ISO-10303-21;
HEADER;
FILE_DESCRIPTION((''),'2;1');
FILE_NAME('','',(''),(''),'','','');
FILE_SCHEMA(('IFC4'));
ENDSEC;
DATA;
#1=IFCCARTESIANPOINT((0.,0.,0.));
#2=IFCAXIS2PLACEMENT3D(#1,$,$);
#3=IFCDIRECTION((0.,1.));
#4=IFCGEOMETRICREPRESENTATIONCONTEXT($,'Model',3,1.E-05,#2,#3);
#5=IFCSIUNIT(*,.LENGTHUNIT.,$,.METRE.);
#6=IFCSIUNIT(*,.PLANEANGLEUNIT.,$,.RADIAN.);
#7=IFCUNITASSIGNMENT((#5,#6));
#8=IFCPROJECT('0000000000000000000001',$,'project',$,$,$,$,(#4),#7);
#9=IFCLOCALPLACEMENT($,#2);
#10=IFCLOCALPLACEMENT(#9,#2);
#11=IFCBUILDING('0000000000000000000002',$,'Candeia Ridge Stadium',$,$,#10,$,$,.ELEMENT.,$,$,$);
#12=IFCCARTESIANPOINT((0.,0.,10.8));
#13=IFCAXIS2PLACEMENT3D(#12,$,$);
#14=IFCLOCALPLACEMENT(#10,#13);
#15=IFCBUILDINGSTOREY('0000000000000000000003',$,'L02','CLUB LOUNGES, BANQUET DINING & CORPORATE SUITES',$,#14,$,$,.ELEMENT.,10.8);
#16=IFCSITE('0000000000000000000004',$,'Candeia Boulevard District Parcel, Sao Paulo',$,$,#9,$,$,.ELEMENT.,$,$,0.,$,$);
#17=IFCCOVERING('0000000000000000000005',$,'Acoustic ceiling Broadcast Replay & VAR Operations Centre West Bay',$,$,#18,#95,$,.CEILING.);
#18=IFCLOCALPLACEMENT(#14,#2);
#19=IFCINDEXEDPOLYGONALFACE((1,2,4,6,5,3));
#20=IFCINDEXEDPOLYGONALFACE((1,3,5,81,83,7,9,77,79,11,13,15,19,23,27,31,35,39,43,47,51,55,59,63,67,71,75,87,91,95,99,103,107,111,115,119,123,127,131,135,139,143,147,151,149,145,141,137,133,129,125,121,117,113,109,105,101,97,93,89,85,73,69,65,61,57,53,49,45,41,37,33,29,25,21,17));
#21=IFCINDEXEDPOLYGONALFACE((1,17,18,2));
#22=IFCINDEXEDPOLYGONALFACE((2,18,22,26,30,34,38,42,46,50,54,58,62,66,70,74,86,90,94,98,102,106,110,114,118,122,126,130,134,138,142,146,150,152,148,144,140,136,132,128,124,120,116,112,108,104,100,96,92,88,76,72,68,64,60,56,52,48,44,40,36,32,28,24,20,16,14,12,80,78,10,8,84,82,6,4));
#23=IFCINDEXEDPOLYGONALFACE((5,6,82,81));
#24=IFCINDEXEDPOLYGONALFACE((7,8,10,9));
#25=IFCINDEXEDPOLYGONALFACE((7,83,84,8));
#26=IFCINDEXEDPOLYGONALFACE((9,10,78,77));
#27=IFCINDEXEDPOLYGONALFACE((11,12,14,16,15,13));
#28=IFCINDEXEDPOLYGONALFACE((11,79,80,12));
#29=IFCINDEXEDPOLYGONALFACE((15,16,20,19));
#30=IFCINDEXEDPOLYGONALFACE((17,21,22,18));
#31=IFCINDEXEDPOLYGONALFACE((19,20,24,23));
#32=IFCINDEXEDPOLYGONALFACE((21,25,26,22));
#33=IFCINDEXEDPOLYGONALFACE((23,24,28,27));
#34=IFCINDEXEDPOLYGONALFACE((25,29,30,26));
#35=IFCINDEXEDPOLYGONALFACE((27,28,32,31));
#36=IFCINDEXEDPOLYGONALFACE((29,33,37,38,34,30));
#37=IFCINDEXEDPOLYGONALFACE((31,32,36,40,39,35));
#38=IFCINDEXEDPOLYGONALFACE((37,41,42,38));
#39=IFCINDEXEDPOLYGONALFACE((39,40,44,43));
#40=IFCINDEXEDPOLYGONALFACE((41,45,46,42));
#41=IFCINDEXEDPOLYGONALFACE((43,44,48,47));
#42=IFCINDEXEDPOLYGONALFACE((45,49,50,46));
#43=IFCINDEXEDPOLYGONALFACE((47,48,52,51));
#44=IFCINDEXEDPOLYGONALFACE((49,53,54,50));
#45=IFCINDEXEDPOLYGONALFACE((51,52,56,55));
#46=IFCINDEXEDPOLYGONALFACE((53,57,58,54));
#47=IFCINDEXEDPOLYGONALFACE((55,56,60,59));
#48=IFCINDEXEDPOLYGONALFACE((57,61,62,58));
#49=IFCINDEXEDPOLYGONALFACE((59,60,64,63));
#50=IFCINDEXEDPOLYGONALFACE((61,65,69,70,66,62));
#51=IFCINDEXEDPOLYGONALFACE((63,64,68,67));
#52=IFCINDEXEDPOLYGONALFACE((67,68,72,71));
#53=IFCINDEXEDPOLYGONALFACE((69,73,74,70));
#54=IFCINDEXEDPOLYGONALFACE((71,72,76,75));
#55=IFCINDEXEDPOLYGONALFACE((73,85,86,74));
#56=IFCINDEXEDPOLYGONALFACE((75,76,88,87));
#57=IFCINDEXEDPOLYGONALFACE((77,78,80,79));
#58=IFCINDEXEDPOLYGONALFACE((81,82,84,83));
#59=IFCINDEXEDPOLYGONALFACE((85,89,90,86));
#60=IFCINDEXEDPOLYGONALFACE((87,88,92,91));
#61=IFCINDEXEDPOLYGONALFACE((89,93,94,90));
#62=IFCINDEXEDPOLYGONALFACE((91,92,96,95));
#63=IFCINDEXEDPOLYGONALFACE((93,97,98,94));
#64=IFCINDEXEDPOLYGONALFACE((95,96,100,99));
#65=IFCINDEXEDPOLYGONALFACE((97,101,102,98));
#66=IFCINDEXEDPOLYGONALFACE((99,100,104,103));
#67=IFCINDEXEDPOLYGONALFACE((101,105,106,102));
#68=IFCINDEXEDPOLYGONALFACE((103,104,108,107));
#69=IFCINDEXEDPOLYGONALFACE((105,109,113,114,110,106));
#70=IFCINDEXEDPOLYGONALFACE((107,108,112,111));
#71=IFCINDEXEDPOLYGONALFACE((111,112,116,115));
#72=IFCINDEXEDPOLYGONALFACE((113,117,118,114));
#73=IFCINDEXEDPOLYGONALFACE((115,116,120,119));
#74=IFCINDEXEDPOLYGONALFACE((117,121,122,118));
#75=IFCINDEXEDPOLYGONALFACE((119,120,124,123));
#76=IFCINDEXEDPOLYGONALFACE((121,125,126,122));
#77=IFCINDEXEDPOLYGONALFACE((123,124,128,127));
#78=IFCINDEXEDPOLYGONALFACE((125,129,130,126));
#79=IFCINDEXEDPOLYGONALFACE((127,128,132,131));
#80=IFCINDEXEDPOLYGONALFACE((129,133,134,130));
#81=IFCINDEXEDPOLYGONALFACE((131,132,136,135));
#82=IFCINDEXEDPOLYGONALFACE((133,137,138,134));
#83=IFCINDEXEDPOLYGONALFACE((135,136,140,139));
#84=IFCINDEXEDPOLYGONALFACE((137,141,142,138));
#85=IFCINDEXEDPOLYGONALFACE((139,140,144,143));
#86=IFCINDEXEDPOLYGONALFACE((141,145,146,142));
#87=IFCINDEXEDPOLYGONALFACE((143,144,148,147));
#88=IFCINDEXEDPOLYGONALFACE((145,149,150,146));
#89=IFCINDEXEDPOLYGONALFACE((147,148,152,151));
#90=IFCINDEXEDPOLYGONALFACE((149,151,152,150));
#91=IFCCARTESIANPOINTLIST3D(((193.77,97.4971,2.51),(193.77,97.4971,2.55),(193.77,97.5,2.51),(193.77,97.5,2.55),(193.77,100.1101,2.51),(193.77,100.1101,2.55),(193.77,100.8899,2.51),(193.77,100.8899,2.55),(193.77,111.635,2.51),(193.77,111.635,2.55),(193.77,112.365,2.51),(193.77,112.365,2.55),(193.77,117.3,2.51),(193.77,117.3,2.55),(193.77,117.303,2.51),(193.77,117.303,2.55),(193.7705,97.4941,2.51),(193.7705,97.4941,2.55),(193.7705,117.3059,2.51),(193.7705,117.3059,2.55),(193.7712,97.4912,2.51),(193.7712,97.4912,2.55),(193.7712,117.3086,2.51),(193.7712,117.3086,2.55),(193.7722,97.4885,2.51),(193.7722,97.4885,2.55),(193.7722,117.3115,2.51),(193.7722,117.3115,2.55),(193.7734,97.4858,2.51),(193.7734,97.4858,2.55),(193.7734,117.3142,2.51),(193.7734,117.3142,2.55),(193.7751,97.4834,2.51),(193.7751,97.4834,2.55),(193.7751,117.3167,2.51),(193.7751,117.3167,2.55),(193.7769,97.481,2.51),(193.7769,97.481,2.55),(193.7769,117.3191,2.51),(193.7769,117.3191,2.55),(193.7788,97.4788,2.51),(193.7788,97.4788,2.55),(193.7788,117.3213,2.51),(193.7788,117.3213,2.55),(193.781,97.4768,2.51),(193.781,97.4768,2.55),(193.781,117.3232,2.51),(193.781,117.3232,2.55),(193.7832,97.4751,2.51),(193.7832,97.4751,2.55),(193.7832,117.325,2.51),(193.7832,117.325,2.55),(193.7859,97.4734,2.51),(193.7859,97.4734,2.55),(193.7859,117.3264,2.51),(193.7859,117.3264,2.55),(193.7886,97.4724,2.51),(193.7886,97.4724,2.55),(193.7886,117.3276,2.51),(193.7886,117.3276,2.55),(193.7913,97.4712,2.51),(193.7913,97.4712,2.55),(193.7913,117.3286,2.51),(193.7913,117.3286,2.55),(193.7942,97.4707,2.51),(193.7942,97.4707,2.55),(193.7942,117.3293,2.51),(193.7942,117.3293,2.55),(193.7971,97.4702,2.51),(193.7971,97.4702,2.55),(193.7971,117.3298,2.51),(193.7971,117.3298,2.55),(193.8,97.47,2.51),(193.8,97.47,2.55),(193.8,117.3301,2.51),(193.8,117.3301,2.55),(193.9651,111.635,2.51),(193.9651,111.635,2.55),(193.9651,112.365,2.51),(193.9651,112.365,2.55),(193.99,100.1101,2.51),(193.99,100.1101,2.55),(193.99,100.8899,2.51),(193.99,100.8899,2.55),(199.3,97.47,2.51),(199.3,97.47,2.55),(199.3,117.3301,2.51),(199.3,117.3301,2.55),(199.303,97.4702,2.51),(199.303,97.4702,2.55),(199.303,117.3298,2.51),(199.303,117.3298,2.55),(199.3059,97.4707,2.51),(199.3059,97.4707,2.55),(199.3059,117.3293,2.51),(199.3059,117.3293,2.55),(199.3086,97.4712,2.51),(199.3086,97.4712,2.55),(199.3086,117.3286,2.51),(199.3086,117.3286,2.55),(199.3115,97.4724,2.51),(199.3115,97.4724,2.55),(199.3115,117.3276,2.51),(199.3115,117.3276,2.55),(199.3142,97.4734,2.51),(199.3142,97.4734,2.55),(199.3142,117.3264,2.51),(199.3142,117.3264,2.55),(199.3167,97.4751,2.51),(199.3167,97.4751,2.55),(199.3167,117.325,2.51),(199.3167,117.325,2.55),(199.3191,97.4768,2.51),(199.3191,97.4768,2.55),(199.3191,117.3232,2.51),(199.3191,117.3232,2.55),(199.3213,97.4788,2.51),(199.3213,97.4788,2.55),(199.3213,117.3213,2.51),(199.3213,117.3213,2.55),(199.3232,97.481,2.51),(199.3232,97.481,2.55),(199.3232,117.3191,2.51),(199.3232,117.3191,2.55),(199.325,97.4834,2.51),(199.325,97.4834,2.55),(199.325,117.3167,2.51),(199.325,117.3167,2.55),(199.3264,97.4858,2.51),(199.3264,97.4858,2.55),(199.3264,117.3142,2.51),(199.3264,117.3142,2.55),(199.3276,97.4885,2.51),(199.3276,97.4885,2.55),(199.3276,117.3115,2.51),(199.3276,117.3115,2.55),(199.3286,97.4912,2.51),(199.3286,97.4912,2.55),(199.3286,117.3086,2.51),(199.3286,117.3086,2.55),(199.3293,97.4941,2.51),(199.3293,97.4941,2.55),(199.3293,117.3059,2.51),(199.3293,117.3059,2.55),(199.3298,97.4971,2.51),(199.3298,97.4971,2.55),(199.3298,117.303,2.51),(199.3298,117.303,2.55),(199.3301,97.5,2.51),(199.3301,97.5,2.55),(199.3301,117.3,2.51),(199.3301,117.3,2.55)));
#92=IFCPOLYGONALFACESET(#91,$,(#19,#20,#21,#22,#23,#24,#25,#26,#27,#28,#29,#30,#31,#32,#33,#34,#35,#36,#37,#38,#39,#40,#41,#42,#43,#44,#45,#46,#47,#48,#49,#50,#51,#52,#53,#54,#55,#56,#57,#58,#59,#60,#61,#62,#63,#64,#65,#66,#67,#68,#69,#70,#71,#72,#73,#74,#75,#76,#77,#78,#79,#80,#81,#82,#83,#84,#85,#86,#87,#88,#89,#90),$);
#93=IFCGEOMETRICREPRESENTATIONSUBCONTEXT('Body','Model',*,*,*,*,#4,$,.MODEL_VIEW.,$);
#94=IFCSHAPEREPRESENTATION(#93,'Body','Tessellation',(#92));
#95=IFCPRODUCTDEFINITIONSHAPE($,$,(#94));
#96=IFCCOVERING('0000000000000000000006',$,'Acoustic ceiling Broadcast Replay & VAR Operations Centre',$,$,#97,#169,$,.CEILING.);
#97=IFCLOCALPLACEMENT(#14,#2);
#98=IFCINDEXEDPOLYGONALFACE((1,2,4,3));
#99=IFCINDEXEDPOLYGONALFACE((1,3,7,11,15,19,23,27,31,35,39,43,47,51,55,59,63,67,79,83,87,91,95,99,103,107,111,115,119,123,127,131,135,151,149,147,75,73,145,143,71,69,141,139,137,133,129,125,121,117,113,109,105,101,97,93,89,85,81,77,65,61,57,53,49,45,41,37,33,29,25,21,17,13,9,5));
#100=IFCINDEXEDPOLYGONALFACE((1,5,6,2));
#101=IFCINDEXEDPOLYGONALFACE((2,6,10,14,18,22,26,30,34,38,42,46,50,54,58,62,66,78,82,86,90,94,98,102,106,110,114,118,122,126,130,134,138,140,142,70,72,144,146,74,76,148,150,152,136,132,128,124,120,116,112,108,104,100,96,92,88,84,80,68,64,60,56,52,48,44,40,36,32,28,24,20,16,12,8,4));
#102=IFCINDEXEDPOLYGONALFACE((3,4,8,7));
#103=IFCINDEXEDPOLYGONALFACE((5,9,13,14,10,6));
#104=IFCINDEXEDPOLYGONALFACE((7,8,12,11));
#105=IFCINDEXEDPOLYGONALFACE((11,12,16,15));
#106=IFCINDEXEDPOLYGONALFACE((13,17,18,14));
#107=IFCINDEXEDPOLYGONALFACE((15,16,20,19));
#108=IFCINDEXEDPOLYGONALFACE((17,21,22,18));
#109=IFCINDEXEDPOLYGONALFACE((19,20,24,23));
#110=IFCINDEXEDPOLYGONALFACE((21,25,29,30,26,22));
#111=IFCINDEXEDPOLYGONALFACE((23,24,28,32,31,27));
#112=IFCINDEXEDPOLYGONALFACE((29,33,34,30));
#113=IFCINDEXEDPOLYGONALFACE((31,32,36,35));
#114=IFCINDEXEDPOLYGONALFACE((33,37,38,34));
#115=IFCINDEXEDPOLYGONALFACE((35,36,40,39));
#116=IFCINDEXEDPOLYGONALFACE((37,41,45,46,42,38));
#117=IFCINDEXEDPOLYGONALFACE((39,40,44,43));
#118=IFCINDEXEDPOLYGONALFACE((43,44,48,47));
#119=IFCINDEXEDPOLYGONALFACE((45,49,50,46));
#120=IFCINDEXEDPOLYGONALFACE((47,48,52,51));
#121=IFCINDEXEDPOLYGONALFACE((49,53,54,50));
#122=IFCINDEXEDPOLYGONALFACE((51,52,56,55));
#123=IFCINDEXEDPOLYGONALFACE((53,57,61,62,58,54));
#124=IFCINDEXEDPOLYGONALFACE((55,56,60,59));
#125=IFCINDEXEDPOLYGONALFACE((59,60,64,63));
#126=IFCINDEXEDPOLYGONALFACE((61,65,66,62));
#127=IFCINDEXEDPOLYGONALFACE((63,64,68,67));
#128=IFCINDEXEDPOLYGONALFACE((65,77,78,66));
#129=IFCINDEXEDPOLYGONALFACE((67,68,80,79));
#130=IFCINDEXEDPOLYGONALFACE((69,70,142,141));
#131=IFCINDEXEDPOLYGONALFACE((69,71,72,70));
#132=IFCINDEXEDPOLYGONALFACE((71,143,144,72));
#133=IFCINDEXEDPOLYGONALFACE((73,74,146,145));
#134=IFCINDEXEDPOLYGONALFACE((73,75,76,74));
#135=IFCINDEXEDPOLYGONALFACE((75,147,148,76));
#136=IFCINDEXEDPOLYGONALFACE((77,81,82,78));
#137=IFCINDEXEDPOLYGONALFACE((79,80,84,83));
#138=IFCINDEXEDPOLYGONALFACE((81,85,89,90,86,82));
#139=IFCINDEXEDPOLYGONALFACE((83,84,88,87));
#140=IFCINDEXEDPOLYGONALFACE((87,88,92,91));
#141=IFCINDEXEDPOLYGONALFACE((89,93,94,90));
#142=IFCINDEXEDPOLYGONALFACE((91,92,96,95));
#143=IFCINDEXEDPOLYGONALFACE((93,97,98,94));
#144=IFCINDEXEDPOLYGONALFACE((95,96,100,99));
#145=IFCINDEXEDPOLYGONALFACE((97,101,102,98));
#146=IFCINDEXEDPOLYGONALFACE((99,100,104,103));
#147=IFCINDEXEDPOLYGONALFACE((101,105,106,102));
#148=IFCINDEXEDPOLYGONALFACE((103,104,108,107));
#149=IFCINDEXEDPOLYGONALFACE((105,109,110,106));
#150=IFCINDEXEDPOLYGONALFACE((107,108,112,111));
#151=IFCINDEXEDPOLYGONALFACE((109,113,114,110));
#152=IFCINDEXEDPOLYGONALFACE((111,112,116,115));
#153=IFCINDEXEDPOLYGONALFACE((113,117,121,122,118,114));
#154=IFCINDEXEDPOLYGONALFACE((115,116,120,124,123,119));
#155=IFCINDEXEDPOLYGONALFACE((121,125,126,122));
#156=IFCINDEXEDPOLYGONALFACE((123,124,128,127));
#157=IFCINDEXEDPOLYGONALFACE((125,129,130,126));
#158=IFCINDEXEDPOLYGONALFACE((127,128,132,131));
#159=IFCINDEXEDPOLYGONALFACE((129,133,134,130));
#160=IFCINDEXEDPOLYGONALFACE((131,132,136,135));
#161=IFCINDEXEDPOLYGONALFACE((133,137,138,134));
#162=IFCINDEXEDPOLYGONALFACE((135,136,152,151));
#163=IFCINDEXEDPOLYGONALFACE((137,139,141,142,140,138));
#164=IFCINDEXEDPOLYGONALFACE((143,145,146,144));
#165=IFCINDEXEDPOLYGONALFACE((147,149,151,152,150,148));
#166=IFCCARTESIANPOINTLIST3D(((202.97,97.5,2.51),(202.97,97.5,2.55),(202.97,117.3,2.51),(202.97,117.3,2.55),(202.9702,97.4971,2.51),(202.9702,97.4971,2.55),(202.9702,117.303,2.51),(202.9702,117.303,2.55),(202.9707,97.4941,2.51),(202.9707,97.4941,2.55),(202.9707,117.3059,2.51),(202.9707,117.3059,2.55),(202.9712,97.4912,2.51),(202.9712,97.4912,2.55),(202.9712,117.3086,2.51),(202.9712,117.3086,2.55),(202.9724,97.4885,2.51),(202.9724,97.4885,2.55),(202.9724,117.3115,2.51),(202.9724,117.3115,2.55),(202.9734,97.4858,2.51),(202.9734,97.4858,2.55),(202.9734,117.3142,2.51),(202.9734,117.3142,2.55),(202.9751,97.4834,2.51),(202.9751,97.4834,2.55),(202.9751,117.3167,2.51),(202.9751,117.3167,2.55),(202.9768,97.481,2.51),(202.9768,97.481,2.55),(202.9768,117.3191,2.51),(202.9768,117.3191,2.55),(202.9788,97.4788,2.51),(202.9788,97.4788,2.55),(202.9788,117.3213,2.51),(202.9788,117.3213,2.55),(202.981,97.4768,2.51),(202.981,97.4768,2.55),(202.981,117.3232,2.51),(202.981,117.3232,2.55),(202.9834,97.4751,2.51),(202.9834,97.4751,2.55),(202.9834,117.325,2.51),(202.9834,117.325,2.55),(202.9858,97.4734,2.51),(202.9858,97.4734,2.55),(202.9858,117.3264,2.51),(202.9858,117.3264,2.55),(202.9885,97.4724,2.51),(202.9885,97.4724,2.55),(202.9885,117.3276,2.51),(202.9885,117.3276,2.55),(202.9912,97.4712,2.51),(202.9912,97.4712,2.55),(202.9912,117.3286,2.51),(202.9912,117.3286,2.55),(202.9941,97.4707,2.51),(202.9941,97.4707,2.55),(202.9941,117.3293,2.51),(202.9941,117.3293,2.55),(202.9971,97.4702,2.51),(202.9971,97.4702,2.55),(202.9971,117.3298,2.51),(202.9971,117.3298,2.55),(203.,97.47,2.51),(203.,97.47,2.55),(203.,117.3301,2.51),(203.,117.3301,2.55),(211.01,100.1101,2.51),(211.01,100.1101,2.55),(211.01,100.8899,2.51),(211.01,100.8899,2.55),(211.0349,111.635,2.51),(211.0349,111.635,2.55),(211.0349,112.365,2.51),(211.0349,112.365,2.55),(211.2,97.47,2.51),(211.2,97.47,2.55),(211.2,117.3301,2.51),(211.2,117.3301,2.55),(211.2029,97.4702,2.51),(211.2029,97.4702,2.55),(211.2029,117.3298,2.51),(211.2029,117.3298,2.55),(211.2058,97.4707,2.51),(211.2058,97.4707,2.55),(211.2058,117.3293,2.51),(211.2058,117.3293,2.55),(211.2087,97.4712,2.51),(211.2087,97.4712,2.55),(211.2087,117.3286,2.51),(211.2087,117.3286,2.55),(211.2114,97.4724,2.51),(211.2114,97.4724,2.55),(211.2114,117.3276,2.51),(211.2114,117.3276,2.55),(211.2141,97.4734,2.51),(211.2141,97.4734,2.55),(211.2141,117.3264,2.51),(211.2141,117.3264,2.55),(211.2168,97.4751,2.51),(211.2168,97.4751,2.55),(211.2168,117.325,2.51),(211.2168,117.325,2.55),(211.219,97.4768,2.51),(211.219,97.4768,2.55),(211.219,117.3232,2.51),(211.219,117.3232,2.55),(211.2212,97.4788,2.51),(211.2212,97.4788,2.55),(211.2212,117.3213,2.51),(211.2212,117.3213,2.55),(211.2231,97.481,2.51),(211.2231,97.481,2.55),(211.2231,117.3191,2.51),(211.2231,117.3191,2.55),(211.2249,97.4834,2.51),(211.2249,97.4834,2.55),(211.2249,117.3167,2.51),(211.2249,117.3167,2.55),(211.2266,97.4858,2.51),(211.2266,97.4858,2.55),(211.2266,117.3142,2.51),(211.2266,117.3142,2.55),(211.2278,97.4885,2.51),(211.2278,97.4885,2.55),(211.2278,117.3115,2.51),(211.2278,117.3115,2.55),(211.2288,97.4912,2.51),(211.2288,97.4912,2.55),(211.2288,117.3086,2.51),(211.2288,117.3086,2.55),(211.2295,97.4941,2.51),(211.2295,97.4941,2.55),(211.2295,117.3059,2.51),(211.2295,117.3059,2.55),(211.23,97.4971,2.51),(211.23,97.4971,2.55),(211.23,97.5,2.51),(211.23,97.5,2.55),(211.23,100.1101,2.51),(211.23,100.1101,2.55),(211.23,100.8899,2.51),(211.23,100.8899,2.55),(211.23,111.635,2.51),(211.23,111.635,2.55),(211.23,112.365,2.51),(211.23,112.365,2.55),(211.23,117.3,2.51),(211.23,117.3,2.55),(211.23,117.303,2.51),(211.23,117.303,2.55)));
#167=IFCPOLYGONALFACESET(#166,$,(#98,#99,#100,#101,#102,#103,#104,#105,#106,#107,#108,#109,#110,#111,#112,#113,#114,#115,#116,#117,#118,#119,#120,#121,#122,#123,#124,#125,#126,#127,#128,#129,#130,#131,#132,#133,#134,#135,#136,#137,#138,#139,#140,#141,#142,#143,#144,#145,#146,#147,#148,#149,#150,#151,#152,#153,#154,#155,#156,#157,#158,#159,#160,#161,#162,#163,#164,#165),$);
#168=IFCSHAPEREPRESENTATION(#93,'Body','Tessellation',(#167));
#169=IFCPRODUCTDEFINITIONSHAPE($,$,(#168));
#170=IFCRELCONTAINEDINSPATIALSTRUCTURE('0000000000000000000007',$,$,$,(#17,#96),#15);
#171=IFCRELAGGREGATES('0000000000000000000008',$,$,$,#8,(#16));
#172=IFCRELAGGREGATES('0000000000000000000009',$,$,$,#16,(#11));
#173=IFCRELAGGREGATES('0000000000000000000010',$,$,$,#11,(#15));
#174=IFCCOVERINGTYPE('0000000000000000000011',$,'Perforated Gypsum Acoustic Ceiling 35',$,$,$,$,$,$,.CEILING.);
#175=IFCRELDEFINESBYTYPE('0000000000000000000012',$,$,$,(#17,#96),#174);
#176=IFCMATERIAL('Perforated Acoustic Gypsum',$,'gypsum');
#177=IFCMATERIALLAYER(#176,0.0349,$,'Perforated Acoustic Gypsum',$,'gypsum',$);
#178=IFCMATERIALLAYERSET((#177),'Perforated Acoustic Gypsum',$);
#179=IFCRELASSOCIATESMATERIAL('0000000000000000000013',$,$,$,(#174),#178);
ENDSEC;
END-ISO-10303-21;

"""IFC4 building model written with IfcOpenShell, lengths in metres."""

from ifc_helpers import new_model, si_unit, direction, frame, origin, place, context, subcontext, project, spatial, polyline, outline, extrude, material, layer, layer_set, type_object, element, save


model = new_model("IFC4")

# Units and contexts
model_context = context("Model", 3, precision=1e-05, world=origin(), true_north=direction((0.0, 1.0)))
body_context = subcontext(model_context, "Body", "Model", "MODEL_VIEW")
ifc_project = project(units=[si_unit("LENGTHUNIT", "METRE"), si_unit("PLANEANGLEUNIT", "RADIAN")], contexts=[model_context])

# Site, building, storey
site_placement = place(None, origin())
site = spatial("IfcSite", under=ifc_project, at=site_placement, Name="Candeia Boulevard District Parcel, Sao Paulo", CompositionType="ELEMENT", RefElevation=0.0)
building_placement = place(site_placement, origin())
building = spatial("IfcBuilding", under=site, at=building_placement, Name="Candeia Ridge Stadium", CompositionType="ELEMENT")
storey_placement = place(building_placement, frame((0.0, 0.0, 10.8)))
storey = spatial("IfcBuildingStorey", under=building, at=storey_placement, Name="L02", Description="CLUB LOUNGES, BANQUET DINING & CORPORATE SUITES", CompositionType="ELEMENT", Elevation=10.8)

# Coverings
ifc_material_1 = material(Name="Perforated Acoustic Gypsum", Category="gypsum")
ifc_layer_1 = layer(ifc_material_1, 0.0349, Name="Perforated Acoustic Gypsum", Category="gypsum")
ifc_layer_set_1 = layer_set([ifc_layer_1], Name="Perforated Acoustic Gypsum")
covering_type_1 = type_object("IfcCoveringType", Name="Perforated Gypsum Acoustic Ceiling 35", PredefinedType="CEILING", material=ifc_layer_set_1)
covering_1_placement = place(storey_placement, frame((0.0, 0.0, 2.51)))
element("IfcCovering", 1, at=covering_1_placement, inside=storey, type_object=covering_type_1, Name="Acoustic ceiling Broadcast Replay & VAR Operations Centre West Bay", PredefinedType="CEILING", context=body_context, shape_type="SweptSolid", body=[
    extrude(outline(polyline([(193.7942, 97.4707), (193.7913, 97.4712), (193.7886, 97.4724), (193.7859, 97.4734), (193.7832, 97.4751), (193.781, 97.4768), (193.7788, 97.4788), (193.7769, 97.481), (193.7751, 97.4834), (193.7734, 97.4858), (193.7722, 97.4885), (193.7712, 97.4912), (193.7705, 97.4941), (193.77, 97.4971), (193.77, 97.5), (193.77, 100.1101), (193.99, 100.1101), (193.99, 100.8899), (193.77, 100.8899), (193.77, 111.635), (193.9651, 111.635), (193.9651, 112.365), (193.77, 112.365), (193.77, 117.3), (193.77, 117.303), (193.7705, 117.3059), (193.7712, 117.3086), (193.7722, 117.3115), (193.7734, 117.3142), (193.7751, 117.3167), (193.7769, 117.3191), (193.7788, 117.3213), (193.781, 117.3232), (193.7832, 117.325), (193.7859, 117.3264), (193.7886, 117.3276), (193.7913, 117.3286), (193.7942, 117.3293), (193.7971, 117.3298), (193.8, 117.3301), (199.3, 117.3301), (199.303, 117.3298), (199.3059, 117.3293), (199.3086, 117.3286), (199.3115, 117.3276), (199.3142, 117.3264), (199.3167, 117.325), (199.3191, 117.3232), (199.3213, 117.3213), (199.3232, 117.3191), (199.325, 117.3167), (199.3264, 117.3142), (199.3276, 117.3115), (199.3286, 117.3086), (199.3293, 117.3059), (199.3298, 117.303), (199.3301, 117.3), (199.3301, 97.5), (199.3298, 97.4971), (199.3293, 97.4941), (199.3286, 97.4912), (199.3276, 97.4885), (199.3264, 97.4858), (199.325, 97.4834), (199.3232, 97.481), (199.3213, 97.4788), (199.3191, 97.4768), (199.3167, 97.4751), (199.3142, 97.4734), (199.3115, 97.4724), (199.3086, 97.4712), (199.3059, 97.4707), (199.303, 97.4702), (199.3, 97.47), (193.8, 97.47), (193.7971, 97.4702), (193.7942, 97.4707)])), origin(), (0.0, 0.0, 1.0), 0.04),
])
covering_2_placement = place(storey_placement, frame((0.0, 0.0, 2.51)))
element("IfcCovering", 2, at=covering_2_placement, inside=storey, type_object=covering_type_1, Name="Acoustic ceiling Broadcast Replay & VAR Operations Centre", PredefinedType="CEILING", context=body_context, shape_type="SweptSolid", body=[
    extrude(outline(polyline([(202.9941, 97.4707), (202.9912, 97.4712), (202.9885, 97.4724), (202.9858, 97.4734), (202.9834, 97.4751), (202.981, 97.4768), (202.9788, 97.4788), (202.9768, 97.481), (202.9751, 97.4834), (202.9734, 97.4858), (202.9724, 97.4885), (202.9712, 97.4912), (202.9707, 97.4941), (202.9702, 97.4971), (202.97, 97.5), (202.97, 117.3), (202.9702, 117.303), (202.9707, 117.3059), (202.9712, 117.3086), (202.9724, 117.3115), (202.9734, 117.3142), (202.9751, 117.3167), (202.9768, 117.3191), (202.9788, 117.3213), (202.981, 117.3232), (202.9834, 117.325), (202.9858, 117.3264), (202.9885, 117.3276), (202.9912, 117.3286), (202.9941, 117.3293), (202.9971, 117.3298), (203.0, 117.3301), (211.2, 117.3301), (211.2029, 117.3298), (211.2058, 117.3293), (211.2087, 117.3286), (211.2114, 117.3276), (211.2141, 117.3264), (211.2168, 117.325), (211.219, 117.3232), (211.2212, 117.3213), (211.2231, 117.3191), (211.2249, 117.3167), (211.2266, 117.3142), (211.2278, 117.3115), (211.2288, 117.3086), (211.2295, 117.3059), (211.23, 117.303), (211.23, 117.3), (211.23, 112.365), (211.0349, 112.365), (211.0349, 111.635), (211.23, 111.635), (211.23, 100.8899), (211.01, 100.8899), (211.01, 100.1101), (211.23, 100.1101), (211.23, 97.5), (211.23, 97.4971), (211.2295, 97.4941), (211.2288, 97.4912), (211.2278, 97.4885), (211.2266, 97.4858), (211.2249, 97.4834), (211.2231, 97.481), (211.2212, 97.4788), (211.219, 97.4768), (211.2168, 97.4751), (211.2141, 97.4734), (211.2114, 97.4724), (211.2087, 97.4712), (211.2058, 97.4707), (211.2029, 97.4702), (211.2, 97.47), (203.0, 97.47), (202.9971, 97.4702), (202.9941, 97.4707)])), origin(), (0.0, 0.0, 1.0), 0.04),
])

save(model, "model.ifc")
